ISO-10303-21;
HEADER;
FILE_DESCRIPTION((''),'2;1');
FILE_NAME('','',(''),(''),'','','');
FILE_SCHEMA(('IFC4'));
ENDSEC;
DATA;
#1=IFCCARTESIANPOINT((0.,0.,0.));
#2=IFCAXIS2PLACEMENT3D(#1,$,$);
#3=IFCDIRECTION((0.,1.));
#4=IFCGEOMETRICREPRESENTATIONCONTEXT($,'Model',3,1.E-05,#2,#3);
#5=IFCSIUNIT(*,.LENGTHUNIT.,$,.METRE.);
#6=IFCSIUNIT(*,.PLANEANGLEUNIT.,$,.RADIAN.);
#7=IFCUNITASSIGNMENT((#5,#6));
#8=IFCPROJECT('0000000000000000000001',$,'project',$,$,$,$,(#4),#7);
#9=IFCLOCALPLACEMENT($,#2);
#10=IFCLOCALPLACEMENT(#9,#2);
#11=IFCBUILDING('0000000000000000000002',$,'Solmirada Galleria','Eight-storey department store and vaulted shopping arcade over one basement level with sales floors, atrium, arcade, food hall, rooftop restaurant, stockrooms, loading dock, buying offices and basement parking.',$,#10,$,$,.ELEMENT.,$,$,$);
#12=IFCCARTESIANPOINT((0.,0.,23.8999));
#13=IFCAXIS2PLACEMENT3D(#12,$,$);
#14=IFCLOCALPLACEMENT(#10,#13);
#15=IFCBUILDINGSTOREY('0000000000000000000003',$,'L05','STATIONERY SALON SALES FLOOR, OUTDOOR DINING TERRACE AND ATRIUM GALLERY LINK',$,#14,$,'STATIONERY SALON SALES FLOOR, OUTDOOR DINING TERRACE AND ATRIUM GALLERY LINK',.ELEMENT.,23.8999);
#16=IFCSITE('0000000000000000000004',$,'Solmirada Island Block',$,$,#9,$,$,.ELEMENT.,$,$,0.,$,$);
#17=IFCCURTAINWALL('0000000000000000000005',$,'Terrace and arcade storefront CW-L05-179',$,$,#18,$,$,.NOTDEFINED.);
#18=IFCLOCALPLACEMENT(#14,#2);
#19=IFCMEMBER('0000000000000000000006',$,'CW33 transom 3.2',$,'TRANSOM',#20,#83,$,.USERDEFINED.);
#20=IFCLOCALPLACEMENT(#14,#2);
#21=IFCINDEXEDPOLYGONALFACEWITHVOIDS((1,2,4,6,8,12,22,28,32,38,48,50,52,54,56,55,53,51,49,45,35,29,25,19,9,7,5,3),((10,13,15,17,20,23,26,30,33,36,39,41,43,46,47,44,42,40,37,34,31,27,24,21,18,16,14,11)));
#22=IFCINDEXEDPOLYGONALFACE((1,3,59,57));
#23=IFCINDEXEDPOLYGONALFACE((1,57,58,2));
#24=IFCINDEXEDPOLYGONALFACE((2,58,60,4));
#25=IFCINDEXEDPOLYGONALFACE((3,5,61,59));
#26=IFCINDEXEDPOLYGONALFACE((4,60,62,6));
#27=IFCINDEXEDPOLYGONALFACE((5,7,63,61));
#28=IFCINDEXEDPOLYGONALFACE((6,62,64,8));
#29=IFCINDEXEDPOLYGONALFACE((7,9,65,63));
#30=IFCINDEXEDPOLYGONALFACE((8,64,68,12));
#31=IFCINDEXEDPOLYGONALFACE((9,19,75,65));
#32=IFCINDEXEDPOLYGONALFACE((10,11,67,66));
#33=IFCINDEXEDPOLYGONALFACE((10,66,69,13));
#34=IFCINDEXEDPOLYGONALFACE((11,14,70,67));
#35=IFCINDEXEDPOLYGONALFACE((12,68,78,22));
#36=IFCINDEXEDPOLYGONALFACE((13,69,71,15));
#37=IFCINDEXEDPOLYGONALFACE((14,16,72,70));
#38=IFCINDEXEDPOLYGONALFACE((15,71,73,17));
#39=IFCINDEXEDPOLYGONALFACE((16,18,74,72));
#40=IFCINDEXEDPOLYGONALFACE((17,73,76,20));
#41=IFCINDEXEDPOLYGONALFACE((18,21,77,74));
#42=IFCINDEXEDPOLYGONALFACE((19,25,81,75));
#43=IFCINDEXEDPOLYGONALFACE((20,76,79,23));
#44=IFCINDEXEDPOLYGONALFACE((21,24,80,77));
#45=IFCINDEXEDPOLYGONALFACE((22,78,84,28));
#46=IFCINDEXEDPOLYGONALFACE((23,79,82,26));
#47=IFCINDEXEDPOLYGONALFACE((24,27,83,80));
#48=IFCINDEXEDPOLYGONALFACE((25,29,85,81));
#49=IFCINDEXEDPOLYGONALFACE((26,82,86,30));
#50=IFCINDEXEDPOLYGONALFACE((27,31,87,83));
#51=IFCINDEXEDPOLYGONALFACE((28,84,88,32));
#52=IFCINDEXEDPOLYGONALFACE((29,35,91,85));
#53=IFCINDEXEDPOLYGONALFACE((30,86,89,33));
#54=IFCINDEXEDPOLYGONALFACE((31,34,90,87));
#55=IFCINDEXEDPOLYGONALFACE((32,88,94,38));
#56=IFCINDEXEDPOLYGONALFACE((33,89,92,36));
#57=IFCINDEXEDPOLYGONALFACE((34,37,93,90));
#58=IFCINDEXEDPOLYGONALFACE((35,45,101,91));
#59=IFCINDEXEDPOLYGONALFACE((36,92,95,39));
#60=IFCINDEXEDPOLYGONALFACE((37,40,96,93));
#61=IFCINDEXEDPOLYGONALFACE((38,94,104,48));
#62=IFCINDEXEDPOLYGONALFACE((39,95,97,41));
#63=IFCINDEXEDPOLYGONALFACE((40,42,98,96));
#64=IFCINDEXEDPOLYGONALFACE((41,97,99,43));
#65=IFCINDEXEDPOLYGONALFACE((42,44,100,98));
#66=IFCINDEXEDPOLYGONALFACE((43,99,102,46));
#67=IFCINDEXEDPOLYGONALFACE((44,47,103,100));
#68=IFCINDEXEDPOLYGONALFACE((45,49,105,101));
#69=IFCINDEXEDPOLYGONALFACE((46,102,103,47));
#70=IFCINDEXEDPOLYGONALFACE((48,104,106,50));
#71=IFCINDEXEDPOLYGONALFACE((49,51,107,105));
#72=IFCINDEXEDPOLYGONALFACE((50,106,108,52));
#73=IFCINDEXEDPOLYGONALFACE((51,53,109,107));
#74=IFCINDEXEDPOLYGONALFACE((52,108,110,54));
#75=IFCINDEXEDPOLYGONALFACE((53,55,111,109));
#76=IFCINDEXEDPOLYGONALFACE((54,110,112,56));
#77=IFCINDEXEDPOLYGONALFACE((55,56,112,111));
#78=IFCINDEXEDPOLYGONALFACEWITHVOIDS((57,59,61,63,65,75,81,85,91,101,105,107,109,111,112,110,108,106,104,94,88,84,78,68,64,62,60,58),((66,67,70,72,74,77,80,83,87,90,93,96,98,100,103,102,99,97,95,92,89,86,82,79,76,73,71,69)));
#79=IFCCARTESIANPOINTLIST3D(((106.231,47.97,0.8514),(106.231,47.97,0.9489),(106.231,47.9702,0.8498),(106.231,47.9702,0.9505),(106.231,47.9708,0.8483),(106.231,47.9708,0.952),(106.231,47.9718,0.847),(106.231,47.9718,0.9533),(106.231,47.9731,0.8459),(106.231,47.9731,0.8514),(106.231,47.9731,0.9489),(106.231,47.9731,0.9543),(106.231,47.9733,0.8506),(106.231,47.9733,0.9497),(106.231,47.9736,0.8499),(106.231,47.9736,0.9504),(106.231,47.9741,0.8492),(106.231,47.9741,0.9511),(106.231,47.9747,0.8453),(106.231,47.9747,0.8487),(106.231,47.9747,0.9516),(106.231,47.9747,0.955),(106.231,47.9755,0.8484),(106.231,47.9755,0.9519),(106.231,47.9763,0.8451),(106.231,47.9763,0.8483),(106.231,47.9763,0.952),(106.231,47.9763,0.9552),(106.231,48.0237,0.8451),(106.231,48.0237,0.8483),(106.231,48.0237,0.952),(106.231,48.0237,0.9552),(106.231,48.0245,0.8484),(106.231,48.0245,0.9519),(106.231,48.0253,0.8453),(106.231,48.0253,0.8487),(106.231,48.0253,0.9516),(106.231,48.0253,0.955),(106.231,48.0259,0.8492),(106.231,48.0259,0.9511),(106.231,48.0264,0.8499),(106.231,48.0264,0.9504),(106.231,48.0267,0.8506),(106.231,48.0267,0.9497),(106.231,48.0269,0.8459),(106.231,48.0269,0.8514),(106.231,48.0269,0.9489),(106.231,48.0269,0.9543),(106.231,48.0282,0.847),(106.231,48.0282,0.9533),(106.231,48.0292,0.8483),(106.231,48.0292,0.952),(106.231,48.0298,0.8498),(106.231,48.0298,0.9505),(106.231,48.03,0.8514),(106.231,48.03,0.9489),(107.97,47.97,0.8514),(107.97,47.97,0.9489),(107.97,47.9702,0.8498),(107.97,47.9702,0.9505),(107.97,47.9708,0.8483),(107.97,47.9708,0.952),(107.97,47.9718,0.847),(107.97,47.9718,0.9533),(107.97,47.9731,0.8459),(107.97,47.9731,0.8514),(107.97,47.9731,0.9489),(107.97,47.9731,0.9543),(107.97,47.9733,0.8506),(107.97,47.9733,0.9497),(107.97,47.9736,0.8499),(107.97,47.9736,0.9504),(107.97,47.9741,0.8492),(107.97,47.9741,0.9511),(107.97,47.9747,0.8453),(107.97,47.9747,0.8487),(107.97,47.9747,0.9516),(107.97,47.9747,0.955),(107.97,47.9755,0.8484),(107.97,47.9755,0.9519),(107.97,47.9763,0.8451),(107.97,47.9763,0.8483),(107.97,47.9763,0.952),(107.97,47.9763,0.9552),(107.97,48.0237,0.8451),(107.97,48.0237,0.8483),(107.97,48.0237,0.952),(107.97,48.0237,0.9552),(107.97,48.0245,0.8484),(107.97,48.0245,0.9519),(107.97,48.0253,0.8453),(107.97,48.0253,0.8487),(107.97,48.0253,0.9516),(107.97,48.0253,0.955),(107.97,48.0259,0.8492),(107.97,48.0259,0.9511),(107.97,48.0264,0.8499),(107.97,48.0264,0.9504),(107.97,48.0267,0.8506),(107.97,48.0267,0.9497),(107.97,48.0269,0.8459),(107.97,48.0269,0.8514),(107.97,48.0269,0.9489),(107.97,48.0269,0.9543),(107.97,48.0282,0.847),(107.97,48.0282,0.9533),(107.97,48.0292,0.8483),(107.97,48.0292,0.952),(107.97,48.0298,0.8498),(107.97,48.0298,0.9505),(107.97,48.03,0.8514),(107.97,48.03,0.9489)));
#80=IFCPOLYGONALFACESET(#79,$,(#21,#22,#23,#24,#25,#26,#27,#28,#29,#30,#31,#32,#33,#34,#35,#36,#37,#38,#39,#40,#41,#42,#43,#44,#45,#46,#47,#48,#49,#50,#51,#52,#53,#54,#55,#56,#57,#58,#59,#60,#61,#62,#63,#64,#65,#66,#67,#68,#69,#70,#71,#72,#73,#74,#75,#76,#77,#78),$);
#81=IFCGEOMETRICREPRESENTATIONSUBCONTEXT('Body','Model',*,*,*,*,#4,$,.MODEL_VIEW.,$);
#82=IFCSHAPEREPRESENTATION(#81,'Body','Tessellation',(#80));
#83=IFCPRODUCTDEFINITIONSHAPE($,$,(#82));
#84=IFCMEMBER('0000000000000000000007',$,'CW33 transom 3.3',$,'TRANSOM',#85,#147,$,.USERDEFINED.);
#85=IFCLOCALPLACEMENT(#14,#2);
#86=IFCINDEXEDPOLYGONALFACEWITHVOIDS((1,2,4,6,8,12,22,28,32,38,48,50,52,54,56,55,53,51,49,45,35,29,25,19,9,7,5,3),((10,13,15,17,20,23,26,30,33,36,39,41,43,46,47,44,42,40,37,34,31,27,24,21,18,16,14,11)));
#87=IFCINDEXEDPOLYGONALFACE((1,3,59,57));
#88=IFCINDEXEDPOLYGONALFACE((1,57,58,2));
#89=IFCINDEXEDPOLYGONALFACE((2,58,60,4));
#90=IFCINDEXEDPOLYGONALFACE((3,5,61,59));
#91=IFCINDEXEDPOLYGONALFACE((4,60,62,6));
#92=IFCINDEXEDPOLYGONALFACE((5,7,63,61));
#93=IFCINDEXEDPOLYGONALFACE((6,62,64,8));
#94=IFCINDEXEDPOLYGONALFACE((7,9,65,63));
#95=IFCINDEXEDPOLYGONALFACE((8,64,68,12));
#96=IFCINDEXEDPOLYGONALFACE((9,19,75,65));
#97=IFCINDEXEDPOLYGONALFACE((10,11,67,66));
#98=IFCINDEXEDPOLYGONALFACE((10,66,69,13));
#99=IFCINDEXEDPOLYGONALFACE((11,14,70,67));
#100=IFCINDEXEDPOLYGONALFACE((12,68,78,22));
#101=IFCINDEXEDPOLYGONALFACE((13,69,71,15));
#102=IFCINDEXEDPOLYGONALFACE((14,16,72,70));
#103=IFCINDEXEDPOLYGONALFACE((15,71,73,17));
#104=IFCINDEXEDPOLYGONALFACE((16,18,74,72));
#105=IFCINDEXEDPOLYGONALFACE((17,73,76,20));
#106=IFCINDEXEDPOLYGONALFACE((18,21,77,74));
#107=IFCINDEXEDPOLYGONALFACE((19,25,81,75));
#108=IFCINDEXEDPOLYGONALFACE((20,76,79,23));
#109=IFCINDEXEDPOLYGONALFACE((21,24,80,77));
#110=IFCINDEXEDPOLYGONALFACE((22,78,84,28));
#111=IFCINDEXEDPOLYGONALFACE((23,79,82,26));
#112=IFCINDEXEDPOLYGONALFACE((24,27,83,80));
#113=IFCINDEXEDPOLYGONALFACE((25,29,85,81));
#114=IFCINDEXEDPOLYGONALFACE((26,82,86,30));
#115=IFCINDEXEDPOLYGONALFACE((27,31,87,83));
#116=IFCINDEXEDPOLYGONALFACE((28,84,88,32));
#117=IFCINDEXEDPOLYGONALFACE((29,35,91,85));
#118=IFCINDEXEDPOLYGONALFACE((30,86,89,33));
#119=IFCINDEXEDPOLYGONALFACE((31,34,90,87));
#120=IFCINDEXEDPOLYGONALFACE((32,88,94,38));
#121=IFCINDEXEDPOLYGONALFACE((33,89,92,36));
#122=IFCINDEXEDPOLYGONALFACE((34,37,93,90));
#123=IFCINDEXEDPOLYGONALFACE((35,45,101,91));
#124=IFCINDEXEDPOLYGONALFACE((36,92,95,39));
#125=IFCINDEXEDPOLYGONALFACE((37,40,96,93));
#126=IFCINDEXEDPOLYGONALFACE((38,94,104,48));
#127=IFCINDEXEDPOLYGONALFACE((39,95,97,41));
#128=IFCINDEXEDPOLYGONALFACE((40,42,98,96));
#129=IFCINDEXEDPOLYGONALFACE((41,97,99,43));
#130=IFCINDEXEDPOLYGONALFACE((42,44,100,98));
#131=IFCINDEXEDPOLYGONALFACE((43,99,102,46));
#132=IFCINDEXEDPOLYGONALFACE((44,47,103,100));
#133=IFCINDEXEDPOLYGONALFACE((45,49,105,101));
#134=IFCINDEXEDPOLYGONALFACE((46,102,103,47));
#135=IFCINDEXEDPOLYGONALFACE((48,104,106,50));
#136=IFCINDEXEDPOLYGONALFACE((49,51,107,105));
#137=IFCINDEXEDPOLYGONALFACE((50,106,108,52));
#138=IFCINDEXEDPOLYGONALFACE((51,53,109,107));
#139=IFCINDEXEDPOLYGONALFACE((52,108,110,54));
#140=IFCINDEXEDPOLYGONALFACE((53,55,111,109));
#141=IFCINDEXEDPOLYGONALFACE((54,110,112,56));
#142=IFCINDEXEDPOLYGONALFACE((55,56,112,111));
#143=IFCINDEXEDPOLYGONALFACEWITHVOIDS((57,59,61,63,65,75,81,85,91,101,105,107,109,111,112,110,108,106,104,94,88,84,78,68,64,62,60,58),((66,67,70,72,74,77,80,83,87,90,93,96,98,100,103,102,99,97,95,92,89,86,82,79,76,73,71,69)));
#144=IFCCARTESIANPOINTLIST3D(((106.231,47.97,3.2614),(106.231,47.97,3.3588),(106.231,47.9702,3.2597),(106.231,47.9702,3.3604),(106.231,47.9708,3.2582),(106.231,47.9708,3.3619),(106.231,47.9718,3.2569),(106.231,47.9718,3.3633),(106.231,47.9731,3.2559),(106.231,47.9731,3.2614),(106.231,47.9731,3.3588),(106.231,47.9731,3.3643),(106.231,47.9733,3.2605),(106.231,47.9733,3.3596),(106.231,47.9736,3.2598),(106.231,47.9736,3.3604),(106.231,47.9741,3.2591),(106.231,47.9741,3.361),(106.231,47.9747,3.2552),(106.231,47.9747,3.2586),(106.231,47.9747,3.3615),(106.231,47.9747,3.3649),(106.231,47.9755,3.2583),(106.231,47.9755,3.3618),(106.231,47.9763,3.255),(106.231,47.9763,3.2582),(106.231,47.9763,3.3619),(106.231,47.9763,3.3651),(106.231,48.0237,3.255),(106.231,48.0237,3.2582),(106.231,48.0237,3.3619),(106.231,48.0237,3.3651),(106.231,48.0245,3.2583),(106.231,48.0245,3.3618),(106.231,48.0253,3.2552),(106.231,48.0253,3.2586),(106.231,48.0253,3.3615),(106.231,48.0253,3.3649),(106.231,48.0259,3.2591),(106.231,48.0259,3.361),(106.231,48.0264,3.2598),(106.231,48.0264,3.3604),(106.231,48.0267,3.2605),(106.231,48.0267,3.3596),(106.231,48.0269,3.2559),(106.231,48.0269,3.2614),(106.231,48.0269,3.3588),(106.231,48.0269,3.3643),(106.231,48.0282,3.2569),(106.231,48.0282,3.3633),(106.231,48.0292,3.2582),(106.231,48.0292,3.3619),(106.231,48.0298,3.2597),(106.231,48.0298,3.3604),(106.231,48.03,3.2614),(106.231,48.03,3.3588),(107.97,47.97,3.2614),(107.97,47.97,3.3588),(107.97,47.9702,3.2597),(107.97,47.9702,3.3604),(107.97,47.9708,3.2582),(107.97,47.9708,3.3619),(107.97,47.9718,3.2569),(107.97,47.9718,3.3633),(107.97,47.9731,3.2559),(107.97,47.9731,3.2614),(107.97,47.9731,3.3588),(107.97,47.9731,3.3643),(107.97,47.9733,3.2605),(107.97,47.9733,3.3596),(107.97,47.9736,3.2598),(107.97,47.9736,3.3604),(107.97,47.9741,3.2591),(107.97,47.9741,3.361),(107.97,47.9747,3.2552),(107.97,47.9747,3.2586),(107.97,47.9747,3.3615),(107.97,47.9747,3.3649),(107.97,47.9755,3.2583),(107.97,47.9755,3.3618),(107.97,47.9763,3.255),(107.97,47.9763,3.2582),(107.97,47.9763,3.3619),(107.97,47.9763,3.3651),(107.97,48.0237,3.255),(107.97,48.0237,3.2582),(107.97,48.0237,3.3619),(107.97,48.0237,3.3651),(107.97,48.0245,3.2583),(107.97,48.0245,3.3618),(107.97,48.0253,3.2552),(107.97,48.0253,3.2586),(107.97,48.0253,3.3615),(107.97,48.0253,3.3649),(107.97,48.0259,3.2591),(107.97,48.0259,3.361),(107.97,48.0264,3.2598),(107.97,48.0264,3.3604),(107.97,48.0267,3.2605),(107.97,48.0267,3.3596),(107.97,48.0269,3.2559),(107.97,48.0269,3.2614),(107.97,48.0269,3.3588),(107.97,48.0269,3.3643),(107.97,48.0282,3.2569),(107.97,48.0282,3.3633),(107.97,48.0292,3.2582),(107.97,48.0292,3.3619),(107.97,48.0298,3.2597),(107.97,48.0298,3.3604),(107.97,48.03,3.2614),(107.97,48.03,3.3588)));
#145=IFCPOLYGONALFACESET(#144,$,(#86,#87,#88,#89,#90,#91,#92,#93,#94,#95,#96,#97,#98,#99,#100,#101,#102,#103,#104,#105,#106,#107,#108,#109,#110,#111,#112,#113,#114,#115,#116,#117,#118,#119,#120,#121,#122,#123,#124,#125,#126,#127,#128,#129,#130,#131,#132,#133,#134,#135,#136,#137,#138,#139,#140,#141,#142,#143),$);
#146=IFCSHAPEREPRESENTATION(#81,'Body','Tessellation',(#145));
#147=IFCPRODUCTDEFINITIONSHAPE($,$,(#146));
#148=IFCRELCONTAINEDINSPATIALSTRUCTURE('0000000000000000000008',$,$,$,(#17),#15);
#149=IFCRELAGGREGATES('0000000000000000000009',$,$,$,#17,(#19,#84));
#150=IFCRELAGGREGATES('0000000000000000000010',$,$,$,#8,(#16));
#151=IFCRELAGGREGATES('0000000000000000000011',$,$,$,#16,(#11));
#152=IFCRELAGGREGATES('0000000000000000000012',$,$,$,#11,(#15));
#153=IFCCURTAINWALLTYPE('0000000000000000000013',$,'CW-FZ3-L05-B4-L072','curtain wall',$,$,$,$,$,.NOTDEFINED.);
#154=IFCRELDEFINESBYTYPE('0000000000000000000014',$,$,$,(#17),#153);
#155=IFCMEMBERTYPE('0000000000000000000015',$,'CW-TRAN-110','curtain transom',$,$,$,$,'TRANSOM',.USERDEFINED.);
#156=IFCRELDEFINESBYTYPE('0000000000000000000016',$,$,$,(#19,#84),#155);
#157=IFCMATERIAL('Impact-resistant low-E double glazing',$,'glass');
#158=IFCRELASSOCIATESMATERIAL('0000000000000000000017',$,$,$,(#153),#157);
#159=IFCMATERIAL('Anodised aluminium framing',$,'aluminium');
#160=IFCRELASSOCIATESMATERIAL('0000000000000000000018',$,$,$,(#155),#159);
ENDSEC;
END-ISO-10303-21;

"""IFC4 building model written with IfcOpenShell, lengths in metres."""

from ifc_helpers import new_model, si_unit, direction, frame, origin, origin_2d, place, context, subcontext, project, spatial, hollow_rectangle, extrude, material, material_profile, profile_set, type_object, element, aggregate, save


model = new_model("IFC4")

# Units and contexts
model_context = context("Model", 3, precision=1e-05, world=origin(), true_north=direction((0.0, 1.0)))
body_context = subcontext(model_context, "Body", "Model", "MODEL_VIEW")
ifc_project = project(units=[si_unit("LENGTHUNIT", "METRE"), si_unit("PLANEANGLEUNIT", "RADIAN")], contexts=[model_context])

# Site, building, storey
site_placement = place(None, origin())
site = spatial("IfcSite", under=ifc_project, at=site_placement, Name="Solmirada Island Block", CompositionType="ELEMENT", RefElevation=0.0)
building_placement = place(site_placement, origin())
building = spatial("IfcBuilding", under=site, at=building_placement, Name="Solmirada Galleria", Description="Eight-storey department store and vaulted shopping arcade over one basement level with sales floors, atrium, arcade, food hall, rooftop restaurant, stockrooms, loading dock, buying offices and basement parking.", CompositionType="ELEMENT")
storey_placement = place(building_placement, frame((0.0, 0.0, 23.8999)))
storey = spatial("IfcBuildingStorey", under=building, at=storey_placement, Name="L05", Description="STATIONERY SALON SALES FLOOR, OUTDOOR DINING TERRACE AND ATRIUM GALLERY LINK", LongName="STATIONERY SALON SALES FLOOR, OUTDOOR DINING TERRACE AND ATRIUM GALLERY LINK", CompositionType="ELEMENT", Elevation=23.8999)

# Curtain wall
ifc_material_1 = material(Name="Impact-resistant low-E double glazing", Category="glass")
curtain_wall_type = type_object("IfcCurtainWallType", Name="CW-FZ3-L05-B4-L072", Description="curtain wall", PredefinedType="NOTDEFINED", material=ifc_material_1)
curtain_wall_1_placement = place(storey_placement, origin())
curtain_wall_1 = element("IfcCurtainWall", 1, at=curtain_wall_1_placement, inside=storey, type_object=curtain_wall_type, Name="Terrace and arcade storefront CW-L05-179", PredefinedType="NOTDEFINED")
ifc_material_2 = material(Name="Anodised aluminium framing", Category="aluminium")

# Members
ifc_material_profile_1 = material_profile(ifc_material_2, hollow_rectangle(XDim=0.0601, YDim=0.1101, WallThickness=0.0032, InnerFilletRadius=0.0032, OuterFilletRadius=0.0063, at=origin_2d()), Name="ALU-TRAN-110X60")
ifc_profile_set_1 = profile_set([ifc_material_profile_1], Name="Anodised aluminium framing")
member_type_1 = type_object("IfcMemberType", Name="CW-TRAN-110", Description="curtain transom", ElementType="TRANSOM", PredefinedType="USERDEFINED", material=ifc_profile_set_1)
member_1_placement = place(storey_placement, frame((107.97, 48.0, 0.9001), z_axis=(-1.0, 0.0, 0.0), x_axis=(0.0, -1.0, 0.0)))
member_1 = element("IfcMember", 2, at=member_1_placement, type_object=member_type_1, Name="CW33 transom 3.2", ObjectType="TRANSOM", PredefinedType="USERDEFINED", context=body_context, shape_type="SweptSolid", body=[
    extrude(hollow_rectangle(XDim=0.0601, YDim=0.1101, WallThickness=0.0032, InnerFilletRadius=0.0032, OuterFilletRadius=0.0063, at=origin_2d()), origin(), (0.0, 0.0, 1.0), 1.739),
])
member_2_placement = place(storey_placement, frame((107.97, 48.0, 3.3101), z_axis=(-1.0, 0.0, 0.0), x_axis=(0.0, -1.0, 0.0)))
member_2 = element("IfcMember", 3, at=member_2_placement, type_object=member_type_1, Name="CW33 transom 3.3", ObjectType="TRANSOM", PredefinedType="USERDEFINED", context=body_context, shape_type="SweptSolid", body=[
    extrude(hollow_rectangle(XDim=0.0601, YDim=0.1101, WallThickness=0.0032, InnerFilletRadius=0.0032, OuterFilletRadius=0.0063, at=origin_2d()), origin(), (0.0, 0.0, 1.0), 1.739),
])

aggregate(curtain_wall_1, [member_1, member_2])

save(model, "model.ifc")
